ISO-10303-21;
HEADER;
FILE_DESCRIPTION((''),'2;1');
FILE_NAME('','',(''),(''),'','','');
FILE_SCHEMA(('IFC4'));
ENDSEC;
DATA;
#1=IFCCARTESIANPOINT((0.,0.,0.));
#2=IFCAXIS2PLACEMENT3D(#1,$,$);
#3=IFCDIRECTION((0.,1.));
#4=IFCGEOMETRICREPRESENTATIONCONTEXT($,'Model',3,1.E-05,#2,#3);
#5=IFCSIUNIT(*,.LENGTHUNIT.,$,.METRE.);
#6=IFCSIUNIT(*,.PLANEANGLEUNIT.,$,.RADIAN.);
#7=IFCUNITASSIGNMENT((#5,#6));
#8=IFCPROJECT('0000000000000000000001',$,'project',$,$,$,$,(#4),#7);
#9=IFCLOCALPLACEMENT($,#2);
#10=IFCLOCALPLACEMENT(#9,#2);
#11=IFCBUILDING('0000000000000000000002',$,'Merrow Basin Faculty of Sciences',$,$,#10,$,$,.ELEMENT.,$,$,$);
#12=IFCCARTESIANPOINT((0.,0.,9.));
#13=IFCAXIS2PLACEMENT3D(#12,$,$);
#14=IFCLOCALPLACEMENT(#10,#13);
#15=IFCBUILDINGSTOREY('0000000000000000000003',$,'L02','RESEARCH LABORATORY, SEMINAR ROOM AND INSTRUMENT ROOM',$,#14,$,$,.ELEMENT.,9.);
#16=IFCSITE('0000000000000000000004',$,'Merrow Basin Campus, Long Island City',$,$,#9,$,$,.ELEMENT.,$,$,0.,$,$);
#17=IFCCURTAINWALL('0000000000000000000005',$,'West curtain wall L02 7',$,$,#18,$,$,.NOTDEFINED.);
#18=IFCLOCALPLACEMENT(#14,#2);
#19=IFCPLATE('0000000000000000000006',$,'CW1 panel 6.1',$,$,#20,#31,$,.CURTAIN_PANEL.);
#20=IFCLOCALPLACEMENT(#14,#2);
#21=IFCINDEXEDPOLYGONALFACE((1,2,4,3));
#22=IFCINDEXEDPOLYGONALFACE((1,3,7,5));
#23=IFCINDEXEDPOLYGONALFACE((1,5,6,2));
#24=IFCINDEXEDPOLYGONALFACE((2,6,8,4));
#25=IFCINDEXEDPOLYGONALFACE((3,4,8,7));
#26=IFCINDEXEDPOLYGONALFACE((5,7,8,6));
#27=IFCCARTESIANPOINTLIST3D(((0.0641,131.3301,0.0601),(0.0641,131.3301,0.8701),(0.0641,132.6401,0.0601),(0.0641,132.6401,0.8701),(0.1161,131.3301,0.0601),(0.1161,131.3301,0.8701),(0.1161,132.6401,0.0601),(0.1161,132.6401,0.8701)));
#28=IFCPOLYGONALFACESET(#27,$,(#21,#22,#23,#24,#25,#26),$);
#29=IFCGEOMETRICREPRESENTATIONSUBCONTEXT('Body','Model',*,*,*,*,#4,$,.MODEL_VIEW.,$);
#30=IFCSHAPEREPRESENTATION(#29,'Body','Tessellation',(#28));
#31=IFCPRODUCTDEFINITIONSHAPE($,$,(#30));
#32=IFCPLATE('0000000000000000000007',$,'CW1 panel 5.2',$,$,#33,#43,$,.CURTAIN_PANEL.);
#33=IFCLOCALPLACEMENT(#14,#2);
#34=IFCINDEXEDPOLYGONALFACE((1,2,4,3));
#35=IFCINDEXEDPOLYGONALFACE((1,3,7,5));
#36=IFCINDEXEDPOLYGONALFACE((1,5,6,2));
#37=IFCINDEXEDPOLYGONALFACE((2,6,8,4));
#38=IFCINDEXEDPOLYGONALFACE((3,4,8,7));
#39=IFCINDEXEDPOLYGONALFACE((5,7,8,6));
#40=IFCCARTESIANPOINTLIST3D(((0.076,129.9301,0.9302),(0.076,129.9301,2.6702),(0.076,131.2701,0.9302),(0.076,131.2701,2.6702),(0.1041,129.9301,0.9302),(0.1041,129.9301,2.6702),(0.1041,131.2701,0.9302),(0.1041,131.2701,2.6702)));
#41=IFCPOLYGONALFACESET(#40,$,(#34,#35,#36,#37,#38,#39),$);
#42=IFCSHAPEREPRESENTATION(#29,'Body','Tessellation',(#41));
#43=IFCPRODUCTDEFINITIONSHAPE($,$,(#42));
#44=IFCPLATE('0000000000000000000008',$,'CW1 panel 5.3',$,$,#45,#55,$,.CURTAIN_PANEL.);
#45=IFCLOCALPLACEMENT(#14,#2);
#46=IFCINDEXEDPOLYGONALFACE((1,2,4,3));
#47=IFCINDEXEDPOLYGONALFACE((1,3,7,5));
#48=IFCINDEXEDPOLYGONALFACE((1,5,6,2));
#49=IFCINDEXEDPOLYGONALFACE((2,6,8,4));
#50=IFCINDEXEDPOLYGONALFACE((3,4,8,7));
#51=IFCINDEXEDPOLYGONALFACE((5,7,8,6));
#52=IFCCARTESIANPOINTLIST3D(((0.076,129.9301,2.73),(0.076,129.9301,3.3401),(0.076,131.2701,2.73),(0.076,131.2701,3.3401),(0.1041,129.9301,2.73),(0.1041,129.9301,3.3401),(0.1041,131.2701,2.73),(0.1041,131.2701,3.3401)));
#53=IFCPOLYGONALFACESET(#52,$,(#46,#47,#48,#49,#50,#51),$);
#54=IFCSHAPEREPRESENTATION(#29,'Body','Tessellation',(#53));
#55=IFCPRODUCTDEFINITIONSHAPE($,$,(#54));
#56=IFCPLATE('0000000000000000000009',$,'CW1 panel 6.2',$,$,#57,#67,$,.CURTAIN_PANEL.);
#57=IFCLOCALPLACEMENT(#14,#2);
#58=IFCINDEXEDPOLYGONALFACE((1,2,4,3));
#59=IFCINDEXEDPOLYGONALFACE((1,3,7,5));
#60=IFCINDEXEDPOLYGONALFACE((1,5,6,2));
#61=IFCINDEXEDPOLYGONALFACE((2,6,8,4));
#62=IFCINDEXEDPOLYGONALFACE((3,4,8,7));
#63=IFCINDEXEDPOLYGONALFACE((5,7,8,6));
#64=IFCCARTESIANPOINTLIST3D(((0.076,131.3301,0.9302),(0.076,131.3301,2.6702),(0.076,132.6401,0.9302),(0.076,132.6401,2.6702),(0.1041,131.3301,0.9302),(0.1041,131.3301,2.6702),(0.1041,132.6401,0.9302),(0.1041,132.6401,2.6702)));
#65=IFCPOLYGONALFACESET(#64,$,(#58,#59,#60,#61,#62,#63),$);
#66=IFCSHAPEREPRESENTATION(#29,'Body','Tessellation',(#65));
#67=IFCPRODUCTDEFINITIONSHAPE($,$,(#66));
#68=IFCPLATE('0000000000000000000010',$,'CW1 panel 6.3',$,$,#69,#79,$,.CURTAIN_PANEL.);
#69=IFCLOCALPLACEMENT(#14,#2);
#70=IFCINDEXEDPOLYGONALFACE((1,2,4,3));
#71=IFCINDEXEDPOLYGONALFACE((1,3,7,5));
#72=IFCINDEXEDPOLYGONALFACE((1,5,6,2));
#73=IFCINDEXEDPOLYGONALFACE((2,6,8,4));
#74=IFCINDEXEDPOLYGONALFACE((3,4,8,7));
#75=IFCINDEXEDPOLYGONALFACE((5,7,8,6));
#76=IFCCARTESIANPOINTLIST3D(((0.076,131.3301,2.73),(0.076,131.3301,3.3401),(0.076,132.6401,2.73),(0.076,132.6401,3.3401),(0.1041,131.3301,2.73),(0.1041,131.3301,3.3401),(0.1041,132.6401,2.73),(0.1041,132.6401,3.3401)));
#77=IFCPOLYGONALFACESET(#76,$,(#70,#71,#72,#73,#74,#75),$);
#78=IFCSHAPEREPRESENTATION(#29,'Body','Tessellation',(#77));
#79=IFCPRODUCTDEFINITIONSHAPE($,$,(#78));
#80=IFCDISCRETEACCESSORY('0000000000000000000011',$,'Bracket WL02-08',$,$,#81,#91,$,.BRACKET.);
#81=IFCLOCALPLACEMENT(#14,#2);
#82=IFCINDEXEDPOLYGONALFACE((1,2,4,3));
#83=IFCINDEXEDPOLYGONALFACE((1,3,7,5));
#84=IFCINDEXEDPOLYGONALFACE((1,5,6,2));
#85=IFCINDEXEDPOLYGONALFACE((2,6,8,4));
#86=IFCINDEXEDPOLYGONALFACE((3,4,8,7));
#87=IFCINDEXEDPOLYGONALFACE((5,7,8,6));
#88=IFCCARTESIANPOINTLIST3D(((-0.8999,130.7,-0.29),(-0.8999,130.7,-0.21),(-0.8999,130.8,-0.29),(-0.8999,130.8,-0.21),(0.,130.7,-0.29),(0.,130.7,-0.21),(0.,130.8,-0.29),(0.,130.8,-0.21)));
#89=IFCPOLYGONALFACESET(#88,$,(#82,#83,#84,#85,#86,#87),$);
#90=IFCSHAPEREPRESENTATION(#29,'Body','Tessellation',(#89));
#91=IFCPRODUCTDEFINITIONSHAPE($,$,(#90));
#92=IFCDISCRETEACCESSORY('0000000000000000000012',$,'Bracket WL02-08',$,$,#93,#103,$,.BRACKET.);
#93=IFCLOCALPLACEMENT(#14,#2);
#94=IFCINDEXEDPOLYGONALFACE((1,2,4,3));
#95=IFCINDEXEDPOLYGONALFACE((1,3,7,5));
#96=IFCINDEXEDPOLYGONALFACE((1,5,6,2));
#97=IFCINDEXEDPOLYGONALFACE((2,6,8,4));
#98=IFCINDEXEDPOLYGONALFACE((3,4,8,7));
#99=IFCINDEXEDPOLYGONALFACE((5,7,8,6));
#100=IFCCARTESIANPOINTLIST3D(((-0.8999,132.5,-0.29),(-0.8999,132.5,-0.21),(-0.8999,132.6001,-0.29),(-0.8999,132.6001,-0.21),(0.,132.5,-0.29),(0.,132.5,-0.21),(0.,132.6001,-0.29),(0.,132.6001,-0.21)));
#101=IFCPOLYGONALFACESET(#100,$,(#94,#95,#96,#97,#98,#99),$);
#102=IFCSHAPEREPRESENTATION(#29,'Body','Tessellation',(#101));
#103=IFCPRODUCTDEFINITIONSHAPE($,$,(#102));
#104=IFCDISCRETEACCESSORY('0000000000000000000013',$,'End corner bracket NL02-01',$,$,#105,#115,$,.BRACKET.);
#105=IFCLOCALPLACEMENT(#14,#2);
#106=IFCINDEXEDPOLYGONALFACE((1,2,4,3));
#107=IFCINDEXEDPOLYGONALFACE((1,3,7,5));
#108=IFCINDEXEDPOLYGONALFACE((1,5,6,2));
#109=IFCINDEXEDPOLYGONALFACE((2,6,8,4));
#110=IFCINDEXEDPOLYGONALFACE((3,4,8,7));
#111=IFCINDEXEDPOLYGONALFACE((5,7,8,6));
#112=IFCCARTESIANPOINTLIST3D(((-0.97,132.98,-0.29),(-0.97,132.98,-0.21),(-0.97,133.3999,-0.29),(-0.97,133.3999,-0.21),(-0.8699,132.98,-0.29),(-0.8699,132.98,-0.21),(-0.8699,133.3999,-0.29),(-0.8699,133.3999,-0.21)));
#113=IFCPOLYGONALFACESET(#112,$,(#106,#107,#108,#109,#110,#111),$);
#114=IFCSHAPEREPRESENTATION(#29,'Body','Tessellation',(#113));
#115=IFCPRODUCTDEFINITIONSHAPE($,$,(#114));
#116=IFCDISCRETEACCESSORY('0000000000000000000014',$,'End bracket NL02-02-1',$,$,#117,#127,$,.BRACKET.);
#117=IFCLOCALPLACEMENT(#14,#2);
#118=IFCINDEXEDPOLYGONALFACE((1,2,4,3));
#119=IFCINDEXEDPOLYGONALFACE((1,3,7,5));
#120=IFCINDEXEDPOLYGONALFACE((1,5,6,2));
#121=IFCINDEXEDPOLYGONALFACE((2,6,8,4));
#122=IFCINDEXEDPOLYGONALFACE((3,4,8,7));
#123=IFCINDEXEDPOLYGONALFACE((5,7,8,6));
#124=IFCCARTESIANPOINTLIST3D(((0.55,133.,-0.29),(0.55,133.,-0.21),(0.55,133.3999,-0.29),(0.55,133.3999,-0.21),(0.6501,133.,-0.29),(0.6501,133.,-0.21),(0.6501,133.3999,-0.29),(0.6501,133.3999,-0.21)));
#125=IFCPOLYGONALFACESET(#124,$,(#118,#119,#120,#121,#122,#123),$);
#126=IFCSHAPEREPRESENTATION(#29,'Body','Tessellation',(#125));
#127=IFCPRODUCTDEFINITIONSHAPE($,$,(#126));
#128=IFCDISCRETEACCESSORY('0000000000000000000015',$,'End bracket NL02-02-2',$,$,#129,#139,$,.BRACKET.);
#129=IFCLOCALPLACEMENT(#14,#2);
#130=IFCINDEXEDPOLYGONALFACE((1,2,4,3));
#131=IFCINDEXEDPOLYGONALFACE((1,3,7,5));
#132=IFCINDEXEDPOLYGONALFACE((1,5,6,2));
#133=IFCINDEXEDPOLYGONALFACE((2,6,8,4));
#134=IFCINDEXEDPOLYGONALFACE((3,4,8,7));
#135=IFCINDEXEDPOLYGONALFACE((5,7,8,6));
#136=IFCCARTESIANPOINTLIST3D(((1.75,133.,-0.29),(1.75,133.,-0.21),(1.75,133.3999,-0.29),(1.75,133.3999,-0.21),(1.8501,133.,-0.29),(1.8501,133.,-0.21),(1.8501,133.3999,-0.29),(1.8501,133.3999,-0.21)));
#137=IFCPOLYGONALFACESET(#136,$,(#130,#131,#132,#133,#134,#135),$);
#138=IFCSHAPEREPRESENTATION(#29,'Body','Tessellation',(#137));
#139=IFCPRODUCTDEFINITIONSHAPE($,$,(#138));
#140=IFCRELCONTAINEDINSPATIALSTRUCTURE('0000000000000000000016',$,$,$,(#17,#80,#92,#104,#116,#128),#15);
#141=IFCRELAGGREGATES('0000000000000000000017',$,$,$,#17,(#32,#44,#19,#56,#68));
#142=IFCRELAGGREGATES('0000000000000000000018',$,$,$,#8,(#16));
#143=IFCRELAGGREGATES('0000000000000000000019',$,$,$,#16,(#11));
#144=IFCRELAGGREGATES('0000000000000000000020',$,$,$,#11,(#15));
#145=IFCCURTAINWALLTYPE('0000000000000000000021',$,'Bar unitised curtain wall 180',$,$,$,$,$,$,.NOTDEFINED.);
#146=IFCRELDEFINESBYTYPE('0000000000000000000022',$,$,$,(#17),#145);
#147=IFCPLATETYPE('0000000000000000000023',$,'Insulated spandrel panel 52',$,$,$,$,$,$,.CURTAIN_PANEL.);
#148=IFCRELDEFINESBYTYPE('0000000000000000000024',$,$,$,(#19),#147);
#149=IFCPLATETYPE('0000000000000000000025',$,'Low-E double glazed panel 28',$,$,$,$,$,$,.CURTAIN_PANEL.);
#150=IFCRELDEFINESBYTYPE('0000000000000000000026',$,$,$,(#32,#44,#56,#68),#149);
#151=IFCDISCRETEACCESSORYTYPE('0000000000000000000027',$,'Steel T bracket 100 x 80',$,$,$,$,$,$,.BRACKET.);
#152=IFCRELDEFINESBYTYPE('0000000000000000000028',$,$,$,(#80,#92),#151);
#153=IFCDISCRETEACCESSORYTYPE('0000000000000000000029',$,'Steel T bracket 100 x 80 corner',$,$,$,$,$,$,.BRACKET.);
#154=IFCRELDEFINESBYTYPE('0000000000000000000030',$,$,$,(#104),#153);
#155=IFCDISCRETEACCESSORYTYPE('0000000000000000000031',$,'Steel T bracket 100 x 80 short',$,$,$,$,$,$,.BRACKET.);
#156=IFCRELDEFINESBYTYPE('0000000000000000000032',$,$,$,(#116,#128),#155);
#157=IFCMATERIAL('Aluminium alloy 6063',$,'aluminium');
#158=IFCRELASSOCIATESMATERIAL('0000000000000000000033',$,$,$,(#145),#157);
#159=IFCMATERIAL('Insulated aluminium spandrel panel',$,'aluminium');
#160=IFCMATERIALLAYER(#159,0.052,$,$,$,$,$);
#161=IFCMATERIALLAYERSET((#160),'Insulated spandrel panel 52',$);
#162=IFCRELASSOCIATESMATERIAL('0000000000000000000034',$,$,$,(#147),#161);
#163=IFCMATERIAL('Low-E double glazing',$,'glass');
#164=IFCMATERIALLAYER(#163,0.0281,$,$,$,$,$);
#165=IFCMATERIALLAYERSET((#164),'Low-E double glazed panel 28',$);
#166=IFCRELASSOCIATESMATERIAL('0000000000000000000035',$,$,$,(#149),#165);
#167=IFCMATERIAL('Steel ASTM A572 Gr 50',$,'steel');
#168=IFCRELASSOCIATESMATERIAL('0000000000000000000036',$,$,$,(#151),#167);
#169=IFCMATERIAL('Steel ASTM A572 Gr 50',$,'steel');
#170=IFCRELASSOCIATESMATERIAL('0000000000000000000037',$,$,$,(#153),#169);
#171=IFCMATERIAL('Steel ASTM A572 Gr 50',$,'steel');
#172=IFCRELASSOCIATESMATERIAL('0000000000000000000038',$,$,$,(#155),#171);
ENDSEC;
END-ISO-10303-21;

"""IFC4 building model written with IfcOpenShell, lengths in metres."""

from ifc_helpers import new_model, si_unit, direction, frame, origin, origin_2d, place, context, subcontext, project, spatial, polyline, rectangle, outline, extrude, source, transform, mapped, material, layer, layer_set, type_object, element, aggregate, save


model = new_model("IFC4")

# Units and contexts
model_context = context("Model", 3, precision=1e-05, world=origin(), true_north=direction((0.0, 1.0)))
body_context = subcontext(model_context, "Body", "Model", "MODEL_VIEW")
ifc_project = project(units=[si_unit("LENGTHUNIT", "METRE"), si_unit("PLANEANGLEUNIT", "RADIAN")], contexts=[model_context])

# Site, building, storey
site_placement = place(None, origin())
site = spatial("IfcSite", under=ifc_project, at=site_placement, Name="Merrow Basin Campus, Long Island City", CompositionType="ELEMENT", RefElevation=0.0)
building_placement = place(site_placement, origin())
building = spatial("IfcBuilding", under=site, at=building_placement, Name="Merrow Basin Faculty of Sciences", CompositionType="ELEMENT")
storey_placement = place(building_placement, frame((0.0, 0.0, 9.0)))
storey = spatial("IfcBuildingStorey", under=building, at=storey_placement, Name="L02", Description="RESEARCH LABORATORY, SEMINAR ROOM AND INSTRUMENT ROOM", CompositionType="ELEMENT", Elevation=9.0)

# Curtain wall
ifc_material_1 = material(Name="Aluminium alloy 6063", Category="aluminium")
curtain_wall_type = type_object("IfcCurtainWallType", Name="Bar unitised curtain wall 180", PredefinedType="NOTDEFINED", material=ifc_material_1)
curtain_wall_placement = place(storey_placement, origin())
curtain_wall = element("IfcCurtainWall", 1, at=curtain_wall_placement, inside=storey, type_object=curtain_wall_type, Name="West curtain wall L02 7", PredefinedType="NOTDEFINED")

# Plates
ifc_material_2 = material(Name="Insulated aluminium spandrel panel", Category="aluminium")
ifc_layer_1 = layer(ifc_material_2, 0.052)
ifc_layer_set_1 = layer_set([ifc_layer_1], Name="Insulated spandrel panel 52")
plate_type_1 = type_object("IfcPlateType", Name="Insulated spandrel panel 52", PredefinedType="CURTAIN_PANEL", material=ifc_layer_set_1)
plate_1_placement = place(storey_placement, frame((0.0901, 131.9851, 0.0601), z_axis=(0.0, 0.0, 1.0), x_axis=(0.0, 1.0, 0.0)))
plate_1 = element("IfcPlate", 2, at=plate_1_placement, type_object=plate_type_1, Name="CW1 panel 6.1", PredefinedType="CURTAIN_PANEL", context=body_context, shape_type="SweptSolid", body=[
    extrude(rectangle(XDim=1.3101, YDim=0.052, at=origin_2d()), origin(), (0.0, 0.0, 1.0), 0.8101),
])
ifc_material_3 = material(Name="Low-E double glazing", Category="glass")
ifc_layer_2 = layer(ifc_material_3, 0.0281)
ifc_layer_set_2 = layer_set([ifc_layer_2], Name="Low-E double glazed panel 28")
plate_type_2 = type_object("IfcPlateType", Name="Low-E double glazed panel 28", PredefinedType="CURTAIN_PANEL", material=ifc_layer_set_2)
plate_2_placement = place(storey_placement, frame((0.0901, 130.6001, 0.9302), z_axis=(0.0, 0.0, 1.0), x_axis=(0.0, 1.0, 0.0)))
plate_2 = element("IfcPlate", 3, at=plate_2_placement, type_object=plate_type_2, Name="CW1 panel 5.2", PredefinedType="CURTAIN_PANEL", context=body_context, shape_type="SweptSolid", body=[
    extrude(rectangle(XDim=1.3401, YDim=0.0281, at=origin_2d()), origin(), (0.0, 0.0, 1.0), 1.74),
])
plate_3_placement = place(storey_placement, frame((0.0901, 130.6001, 2.73), z_axis=(0.0, 0.0, 1.0), x_axis=(0.0, 1.0, 0.0)))
plate_3 = element("IfcPlate", 4, at=plate_3_placement, type_object=plate_type_2, Name="CW1 panel 5.3", PredefinedType="CURTAIN_PANEL", context=body_context, shape_type="SweptSolid", body=[
    extrude(rectangle(XDim=1.3401, YDim=0.0281, at=origin_2d()), origin(), (0.0, 0.0, 1.0), 0.6101),
])
plate_4_placement = place(storey_placement, frame((0.0901, 131.9851, 0.9302), z_axis=(0.0, 0.0, 1.0), x_axis=(0.0, 1.0, 0.0)))
plate_4 = element("IfcPlate", 5, at=plate_4_placement, type_object=plate_type_2, Name="CW1 panel 6.2", PredefinedType="CURTAIN_PANEL", context=body_context, shape_type="SweptSolid", body=[
    extrude(rectangle(XDim=1.3101, YDim=0.0281, at=origin_2d()), origin(), (0.0, 0.0, 1.0), 1.74),
])
plate_5_placement = place(storey_placement, frame((0.0901, 131.9851, 2.73), z_axis=(0.0, 0.0, 1.0), x_axis=(0.0, 1.0, 0.0)))
plate_5 = element("IfcPlate", 6, at=plate_5_placement, type_object=plate_type_2, Name="CW1 panel 6.3", PredefinedType="CURTAIN_PANEL", context=body_context, shape_type="SweptSolid", body=[
    extrude(rectangle(XDim=1.3101, YDim=0.0281, at=origin_2d()), origin(), (0.0, 0.0, 1.0), 0.6101),
])
aggregate(curtain_wall, [plate_2, plate_3, plate_1, plate_4, plate_5])

# Discrete accessories
ifc_material_4 = material(Name="Steel ASTM A572 Gr 50", Category="steel")
discrete_accessory_type_1 = type_object("IfcDiscreteAccessoryType", Name="Steel T bracket 100 x 80", PredefinedType="BRACKET", material=ifc_material_4)
shared_shape_1 = source(origin(), body_context, "Body", "SweptSolid", [
    extrude(outline(polyline([(0.0, 0.0), (0.1001, 0.0), (0.1001, 0.0801), (0.0, 0.0801), (0.0, 0.0)])), origin(), (0.0, 0.0, 1.0), 0.8999),
])
for number, where, z_axis, x_axis, name in (
    (7, (-0.8999, 130.7, -0.29), (1.0, 0.0, 0.0), (0.0, 1.0, 0.0), "Bracket WL02-08"),
    (8, (-0.8999, 132.5, -0.29), (1.0, 0.0, 0.0), (0.0, 1.0, 0.0), "Bracket WL02-08"),
):
    element("IfcDiscreteAccessory", number, at=place(storey_placement, frame(where, z_axis=z_axis, x_axis=x_axis)), inside=storey, type_object=discrete_accessory_type_1, Name=name, PredefinedType="BRACKET", context=body_context, shape_type="MappedRepresentation", body=[
        mapped(shared_shape_1, transform((0.0, 0.0, 0.0), scale=1.0)),
    ])
ifc_material_5 = material(Name="Steel ASTM A572 Gr 50", Category="steel")
discrete_accessory_type_2 = type_object("IfcDiscreteAccessoryType", Name="Steel T bracket 100 x 80 corner", PredefinedType="BRACKET", material=ifc_material_5)
shared_shape_2 = source(origin(), body_context, "Body", "SweptSolid", [
    extrude(outline(polyline([(0.0, 0.0), (0.1001, 0.0), (0.1001, 0.0801), (0.0, 0.0801), (0.0, 0.0)])), origin(), (0.0, 0.0, 1.0), 0.4199),
])
discrete_accessory_placement = place(storey_placement, frame((-0.97, 133.3999, -0.29), z_axis=(0.0, -1.0, 0.0), x_axis=(1.0, 0.0, 0.0)))
element("IfcDiscreteAccessory", 9, at=discrete_accessory_placement, inside=storey, type_object=discrete_accessory_type_2, Name="End corner bracket NL02-01", PredefinedType="BRACKET", context=body_context, shape_type="MappedRepresentation", body=[
    mapped(shared_shape_2, transform((0.0, 0.0, 0.0), scale=1.0)),
])
ifc_material_6 = material(Name="Steel ASTM A572 Gr 50", Category="steel")
discrete_accessory_type_3 = type_object("IfcDiscreteAccessoryType", Name="Steel T bracket 100 x 80 short", PredefinedType="BRACKET", material=ifc_material_6)
shared_shape_3 = source(origin(), body_context, "Body", "SweptSolid", [
    extrude(outline(polyline([(0.0, 0.0), (0.1001, 0.0), (0.1001, 0.0801), (0.0, 0.0801), (0.0, 0.0)])), origin(), (0.0, 0.0, 1.0), 0.3999),
])
for number, where, z_axis, x_axis, name in (
    (10, (0.55, 133.3999, -0.29), (0.0, -1.0, 0.0), (1.0, 0.0, 0.0), "End bracket NL02-02-1"),
    (11, (1.75, 133.3999, -0.29), (0.0, -1.0, 0.0), (1.0, 0.0, 0.0), "End bracket NL02-02-2"),
):
    element("IfcDiscreteAccessory", number, at=place(storey_placement, frame(where, z_axis=z_axis, x_axis=x_axis)), inside=storey, type_object=discrete_accessory_type_3, Name=name, PredefinedType="BRACKET", context=body_context, shape_type="MappedRepresentation", body=[
        mapped(shared_shape_3, transform((0.0, 0.0, 0.0), scale=1.0)),
    ])

save(model, "model.ifc")
